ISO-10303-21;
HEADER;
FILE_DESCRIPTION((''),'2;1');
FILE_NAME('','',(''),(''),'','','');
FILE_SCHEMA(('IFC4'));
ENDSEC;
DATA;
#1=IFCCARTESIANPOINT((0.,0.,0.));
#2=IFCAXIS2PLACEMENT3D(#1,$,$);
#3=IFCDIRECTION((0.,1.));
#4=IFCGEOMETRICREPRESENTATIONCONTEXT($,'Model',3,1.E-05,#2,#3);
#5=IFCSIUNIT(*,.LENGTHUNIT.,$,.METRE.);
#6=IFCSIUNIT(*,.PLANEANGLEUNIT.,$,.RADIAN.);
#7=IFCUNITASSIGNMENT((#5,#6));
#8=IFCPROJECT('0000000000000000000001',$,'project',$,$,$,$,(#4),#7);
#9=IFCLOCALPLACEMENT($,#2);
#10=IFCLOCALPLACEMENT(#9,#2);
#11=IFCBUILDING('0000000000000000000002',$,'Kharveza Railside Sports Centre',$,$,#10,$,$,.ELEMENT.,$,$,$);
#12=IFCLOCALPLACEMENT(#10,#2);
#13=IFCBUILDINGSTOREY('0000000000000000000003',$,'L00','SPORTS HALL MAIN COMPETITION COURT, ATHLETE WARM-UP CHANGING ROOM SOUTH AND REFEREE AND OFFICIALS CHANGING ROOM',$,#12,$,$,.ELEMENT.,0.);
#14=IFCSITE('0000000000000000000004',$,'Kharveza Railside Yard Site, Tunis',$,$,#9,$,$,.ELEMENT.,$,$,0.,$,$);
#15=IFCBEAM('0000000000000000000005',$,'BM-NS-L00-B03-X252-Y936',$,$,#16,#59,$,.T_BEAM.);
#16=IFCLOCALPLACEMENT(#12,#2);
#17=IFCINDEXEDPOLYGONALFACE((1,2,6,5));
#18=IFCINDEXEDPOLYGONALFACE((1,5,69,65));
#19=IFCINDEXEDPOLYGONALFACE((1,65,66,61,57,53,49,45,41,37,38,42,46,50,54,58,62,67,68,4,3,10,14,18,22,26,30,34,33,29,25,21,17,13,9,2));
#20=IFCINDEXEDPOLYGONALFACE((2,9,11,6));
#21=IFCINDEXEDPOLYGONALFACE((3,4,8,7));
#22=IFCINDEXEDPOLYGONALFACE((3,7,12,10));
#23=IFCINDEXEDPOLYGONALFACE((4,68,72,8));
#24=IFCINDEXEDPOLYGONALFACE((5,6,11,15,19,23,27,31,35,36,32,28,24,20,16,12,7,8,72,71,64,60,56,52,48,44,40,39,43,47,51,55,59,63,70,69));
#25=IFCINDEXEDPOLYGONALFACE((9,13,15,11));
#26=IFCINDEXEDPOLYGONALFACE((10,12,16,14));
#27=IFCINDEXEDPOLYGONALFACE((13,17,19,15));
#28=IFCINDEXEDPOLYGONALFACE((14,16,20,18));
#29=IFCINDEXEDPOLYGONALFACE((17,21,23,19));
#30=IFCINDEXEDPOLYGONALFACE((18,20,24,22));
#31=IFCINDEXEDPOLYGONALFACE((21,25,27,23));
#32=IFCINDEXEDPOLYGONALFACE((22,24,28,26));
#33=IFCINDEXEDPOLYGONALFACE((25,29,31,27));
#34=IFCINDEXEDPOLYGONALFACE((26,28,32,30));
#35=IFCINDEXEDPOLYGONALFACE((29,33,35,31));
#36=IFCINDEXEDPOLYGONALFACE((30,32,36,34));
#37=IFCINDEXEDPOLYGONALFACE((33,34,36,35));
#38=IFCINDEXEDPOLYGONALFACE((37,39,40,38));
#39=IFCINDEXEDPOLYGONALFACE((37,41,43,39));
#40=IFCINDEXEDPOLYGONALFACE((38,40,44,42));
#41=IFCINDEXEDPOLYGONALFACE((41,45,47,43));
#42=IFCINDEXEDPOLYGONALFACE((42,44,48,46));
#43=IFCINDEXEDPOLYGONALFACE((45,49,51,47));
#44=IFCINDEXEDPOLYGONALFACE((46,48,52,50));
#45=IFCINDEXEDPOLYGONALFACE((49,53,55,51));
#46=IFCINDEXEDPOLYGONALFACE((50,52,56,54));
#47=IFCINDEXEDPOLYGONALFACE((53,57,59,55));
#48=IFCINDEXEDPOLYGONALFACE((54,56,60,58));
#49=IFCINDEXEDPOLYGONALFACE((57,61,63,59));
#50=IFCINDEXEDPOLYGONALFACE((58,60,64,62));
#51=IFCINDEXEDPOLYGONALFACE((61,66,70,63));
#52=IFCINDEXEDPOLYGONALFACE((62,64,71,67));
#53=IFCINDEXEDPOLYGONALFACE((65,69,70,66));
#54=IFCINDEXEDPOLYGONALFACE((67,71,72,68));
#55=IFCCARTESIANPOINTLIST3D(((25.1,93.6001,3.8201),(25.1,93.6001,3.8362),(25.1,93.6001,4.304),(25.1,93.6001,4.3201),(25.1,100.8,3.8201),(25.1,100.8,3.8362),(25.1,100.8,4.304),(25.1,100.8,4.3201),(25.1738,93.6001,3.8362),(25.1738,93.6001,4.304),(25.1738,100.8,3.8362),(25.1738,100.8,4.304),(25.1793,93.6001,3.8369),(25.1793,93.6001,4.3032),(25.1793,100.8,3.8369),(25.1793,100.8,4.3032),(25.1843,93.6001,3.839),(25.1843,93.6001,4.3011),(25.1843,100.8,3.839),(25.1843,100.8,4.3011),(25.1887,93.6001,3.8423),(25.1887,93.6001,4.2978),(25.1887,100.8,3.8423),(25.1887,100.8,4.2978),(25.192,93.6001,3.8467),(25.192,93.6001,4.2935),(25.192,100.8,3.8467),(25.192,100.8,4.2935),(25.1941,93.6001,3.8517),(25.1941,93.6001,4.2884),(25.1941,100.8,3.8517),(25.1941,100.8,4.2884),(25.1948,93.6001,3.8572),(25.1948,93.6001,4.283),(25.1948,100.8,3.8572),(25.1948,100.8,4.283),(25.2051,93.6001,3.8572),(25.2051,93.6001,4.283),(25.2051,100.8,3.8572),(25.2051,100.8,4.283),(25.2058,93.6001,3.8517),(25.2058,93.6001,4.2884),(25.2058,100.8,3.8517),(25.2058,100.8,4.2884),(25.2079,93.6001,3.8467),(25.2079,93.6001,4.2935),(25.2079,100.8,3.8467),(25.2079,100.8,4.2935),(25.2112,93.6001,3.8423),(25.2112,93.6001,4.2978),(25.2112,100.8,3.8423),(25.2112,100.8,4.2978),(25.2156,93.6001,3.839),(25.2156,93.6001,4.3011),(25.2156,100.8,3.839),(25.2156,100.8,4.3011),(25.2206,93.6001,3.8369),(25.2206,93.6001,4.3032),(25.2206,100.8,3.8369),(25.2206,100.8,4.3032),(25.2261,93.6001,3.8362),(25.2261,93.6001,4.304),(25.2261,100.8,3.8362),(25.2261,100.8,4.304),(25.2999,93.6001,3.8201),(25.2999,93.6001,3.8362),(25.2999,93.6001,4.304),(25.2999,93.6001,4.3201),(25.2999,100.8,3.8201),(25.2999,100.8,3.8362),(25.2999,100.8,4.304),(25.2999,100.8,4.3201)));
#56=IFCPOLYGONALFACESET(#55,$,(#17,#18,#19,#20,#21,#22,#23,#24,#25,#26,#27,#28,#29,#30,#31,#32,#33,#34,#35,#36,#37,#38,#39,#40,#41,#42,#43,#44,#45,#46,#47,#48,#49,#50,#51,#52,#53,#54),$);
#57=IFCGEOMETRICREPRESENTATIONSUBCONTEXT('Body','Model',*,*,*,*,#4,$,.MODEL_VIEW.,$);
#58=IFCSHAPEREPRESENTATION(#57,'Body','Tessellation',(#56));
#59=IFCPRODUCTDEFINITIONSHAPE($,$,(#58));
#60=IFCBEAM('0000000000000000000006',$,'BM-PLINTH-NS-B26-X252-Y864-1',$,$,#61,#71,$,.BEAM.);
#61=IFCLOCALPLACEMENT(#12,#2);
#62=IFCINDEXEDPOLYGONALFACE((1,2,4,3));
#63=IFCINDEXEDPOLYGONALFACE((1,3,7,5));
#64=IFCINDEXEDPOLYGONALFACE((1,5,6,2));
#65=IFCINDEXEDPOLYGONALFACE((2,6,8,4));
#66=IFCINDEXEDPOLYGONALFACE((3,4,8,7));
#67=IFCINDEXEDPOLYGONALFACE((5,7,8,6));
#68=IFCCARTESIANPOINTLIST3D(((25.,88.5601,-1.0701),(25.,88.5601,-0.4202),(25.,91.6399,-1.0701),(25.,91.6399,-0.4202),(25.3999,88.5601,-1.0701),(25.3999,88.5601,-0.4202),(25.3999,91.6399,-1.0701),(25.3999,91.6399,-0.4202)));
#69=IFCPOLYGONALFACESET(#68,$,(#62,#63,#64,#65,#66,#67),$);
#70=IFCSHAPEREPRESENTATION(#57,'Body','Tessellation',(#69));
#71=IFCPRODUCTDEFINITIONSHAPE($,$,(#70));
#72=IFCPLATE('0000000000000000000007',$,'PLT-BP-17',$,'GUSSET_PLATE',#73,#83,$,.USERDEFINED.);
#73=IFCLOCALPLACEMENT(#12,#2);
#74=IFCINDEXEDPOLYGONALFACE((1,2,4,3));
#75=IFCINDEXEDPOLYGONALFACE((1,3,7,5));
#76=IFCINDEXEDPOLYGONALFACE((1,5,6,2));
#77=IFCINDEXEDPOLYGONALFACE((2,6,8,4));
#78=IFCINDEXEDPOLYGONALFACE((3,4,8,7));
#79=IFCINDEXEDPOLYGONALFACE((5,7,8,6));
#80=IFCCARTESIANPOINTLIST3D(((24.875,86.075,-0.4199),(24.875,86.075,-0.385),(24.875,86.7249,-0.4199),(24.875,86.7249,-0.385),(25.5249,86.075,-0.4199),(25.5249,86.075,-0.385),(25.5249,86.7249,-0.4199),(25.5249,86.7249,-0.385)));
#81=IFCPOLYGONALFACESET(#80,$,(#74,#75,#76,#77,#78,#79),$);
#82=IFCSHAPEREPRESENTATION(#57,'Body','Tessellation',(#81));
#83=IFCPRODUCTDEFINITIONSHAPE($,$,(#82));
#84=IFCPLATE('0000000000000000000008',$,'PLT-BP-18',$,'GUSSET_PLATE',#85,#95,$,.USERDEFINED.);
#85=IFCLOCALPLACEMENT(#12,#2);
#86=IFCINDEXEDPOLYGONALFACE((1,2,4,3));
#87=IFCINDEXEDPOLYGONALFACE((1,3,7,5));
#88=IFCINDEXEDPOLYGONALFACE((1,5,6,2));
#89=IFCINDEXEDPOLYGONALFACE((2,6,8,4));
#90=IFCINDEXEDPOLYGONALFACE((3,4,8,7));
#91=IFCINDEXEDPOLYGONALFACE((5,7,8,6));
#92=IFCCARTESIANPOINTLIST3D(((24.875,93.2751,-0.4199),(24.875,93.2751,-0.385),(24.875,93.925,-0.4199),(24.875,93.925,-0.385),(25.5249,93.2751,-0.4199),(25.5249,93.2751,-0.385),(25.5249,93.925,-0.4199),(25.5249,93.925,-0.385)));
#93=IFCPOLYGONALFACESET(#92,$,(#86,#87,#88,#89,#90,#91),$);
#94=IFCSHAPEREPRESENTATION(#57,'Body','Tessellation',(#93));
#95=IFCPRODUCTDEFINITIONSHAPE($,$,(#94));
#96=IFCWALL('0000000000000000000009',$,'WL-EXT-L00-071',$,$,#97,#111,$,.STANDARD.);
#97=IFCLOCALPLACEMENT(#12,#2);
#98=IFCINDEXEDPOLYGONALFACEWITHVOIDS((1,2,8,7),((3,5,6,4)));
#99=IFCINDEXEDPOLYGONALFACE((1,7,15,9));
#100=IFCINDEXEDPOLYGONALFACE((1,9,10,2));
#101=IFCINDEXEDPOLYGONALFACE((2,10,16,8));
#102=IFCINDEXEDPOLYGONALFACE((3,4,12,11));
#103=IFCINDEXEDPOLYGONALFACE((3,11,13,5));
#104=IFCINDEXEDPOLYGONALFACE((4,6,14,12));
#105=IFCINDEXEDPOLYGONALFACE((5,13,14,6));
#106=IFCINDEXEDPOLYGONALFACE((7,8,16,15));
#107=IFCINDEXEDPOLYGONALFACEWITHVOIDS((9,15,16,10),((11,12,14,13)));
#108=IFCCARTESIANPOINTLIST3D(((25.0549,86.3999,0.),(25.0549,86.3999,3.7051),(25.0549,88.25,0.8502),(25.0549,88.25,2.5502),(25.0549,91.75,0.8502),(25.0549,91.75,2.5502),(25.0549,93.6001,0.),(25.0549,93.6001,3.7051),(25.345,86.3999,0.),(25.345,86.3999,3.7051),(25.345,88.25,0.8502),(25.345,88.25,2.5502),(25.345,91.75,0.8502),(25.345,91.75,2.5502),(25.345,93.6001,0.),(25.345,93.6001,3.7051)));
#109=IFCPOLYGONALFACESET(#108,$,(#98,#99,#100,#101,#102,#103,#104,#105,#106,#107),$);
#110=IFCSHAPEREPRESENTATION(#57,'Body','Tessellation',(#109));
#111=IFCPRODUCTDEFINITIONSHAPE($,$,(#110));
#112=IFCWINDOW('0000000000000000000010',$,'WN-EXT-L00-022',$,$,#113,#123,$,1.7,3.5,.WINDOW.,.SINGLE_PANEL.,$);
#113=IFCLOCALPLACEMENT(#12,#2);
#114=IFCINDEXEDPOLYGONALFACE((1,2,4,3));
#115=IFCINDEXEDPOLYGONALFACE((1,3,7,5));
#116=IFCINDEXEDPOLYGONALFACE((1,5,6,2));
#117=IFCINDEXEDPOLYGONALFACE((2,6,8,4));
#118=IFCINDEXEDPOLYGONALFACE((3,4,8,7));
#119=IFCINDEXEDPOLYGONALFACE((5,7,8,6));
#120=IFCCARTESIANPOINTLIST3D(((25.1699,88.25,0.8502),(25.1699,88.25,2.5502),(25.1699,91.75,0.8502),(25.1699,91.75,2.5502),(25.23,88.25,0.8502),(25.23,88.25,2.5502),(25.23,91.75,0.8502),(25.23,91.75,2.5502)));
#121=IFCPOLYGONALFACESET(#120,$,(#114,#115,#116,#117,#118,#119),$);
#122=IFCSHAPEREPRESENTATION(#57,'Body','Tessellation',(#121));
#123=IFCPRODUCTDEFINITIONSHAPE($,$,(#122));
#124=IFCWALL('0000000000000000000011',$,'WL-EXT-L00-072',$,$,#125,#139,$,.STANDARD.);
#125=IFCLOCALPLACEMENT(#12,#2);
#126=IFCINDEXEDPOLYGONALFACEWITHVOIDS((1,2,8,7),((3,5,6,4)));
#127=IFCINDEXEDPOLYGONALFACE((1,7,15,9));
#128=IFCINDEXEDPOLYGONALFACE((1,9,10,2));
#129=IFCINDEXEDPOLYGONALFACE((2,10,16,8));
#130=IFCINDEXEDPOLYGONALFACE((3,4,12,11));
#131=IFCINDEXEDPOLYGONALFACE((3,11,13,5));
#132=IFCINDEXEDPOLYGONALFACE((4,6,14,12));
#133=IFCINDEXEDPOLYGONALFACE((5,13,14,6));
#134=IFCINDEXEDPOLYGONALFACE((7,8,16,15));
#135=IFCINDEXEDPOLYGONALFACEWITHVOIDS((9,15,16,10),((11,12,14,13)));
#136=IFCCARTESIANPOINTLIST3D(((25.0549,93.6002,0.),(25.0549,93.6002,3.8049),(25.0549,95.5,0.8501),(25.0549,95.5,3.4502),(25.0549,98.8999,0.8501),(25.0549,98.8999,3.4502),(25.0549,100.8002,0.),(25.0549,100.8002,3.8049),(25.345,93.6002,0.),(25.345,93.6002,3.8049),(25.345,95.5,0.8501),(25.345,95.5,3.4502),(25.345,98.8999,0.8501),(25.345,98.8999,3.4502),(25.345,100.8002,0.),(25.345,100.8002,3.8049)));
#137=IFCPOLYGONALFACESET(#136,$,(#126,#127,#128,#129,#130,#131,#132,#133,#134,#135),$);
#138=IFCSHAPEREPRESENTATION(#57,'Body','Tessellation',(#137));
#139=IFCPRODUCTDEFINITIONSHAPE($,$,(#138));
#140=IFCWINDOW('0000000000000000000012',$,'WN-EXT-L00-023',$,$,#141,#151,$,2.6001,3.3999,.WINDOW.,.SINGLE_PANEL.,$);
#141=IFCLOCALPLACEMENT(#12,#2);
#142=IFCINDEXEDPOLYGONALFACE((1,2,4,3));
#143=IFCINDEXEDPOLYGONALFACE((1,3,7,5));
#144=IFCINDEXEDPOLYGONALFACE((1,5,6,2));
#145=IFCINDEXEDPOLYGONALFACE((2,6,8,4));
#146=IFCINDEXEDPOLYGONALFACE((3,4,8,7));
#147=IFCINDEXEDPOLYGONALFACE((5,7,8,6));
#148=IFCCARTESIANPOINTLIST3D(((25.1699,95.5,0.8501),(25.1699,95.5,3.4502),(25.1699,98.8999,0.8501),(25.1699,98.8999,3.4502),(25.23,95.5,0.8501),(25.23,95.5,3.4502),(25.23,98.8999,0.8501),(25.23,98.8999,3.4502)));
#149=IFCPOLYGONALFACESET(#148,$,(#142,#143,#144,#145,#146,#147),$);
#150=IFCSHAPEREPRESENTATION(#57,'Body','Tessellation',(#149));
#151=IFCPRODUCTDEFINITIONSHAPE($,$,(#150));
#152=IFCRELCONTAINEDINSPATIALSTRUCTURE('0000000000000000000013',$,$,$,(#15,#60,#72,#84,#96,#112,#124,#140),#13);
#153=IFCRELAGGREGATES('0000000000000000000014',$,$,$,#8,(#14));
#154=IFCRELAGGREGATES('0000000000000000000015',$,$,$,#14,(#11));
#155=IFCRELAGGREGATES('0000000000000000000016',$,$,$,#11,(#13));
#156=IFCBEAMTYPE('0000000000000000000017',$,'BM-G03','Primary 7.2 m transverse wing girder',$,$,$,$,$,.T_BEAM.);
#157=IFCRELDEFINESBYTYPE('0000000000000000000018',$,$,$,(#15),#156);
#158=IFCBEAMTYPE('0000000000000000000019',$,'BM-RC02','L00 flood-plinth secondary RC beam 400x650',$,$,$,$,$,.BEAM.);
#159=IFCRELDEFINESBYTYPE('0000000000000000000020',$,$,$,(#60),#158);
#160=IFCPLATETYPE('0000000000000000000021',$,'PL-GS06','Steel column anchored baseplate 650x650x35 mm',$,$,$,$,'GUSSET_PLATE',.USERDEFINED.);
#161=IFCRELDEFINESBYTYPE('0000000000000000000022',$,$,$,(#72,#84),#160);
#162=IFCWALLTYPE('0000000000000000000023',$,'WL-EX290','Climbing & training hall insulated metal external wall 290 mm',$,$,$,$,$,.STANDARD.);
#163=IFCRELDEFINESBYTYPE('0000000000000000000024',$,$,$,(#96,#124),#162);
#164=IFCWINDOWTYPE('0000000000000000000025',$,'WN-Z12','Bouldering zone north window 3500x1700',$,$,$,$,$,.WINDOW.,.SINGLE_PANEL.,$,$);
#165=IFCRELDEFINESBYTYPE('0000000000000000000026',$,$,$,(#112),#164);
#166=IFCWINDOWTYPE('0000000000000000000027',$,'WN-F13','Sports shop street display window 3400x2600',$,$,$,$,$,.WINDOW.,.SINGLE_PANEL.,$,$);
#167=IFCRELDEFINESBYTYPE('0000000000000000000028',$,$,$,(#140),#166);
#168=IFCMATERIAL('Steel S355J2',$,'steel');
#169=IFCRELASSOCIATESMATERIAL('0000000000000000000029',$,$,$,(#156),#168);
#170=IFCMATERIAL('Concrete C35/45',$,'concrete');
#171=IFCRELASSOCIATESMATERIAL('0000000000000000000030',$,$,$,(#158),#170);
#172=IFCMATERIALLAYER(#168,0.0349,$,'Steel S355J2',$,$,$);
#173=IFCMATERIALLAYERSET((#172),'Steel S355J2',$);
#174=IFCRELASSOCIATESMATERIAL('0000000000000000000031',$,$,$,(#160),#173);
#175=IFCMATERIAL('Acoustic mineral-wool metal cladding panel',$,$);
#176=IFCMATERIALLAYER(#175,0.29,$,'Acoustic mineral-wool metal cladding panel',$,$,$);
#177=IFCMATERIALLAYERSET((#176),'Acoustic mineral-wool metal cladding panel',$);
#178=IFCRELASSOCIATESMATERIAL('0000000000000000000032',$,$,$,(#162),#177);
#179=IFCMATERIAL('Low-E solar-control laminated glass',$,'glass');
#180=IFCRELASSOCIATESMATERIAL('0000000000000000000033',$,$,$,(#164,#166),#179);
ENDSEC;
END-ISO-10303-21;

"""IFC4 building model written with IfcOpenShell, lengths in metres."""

from ifc_helpers import new_model, si_unit, direction, frame, frame_2d, origin, origin_2d, place, context, subcontext, project, spatial, rectangle, i_section, extrude, material, layer, layer_set, material_profile, profile_set, type_object, element, fill, save


model = new_model("IFC4")

# Units and contexts
model_context = context("Model", 3, precision=1e-05, world=origin(), true_north=direction((0.0, 1.0)))
body_context = subcontext(model_context, "Body", "Model", "MODEL_VIEW")
ifc_project = project(units=[si_unit("LENGTHUNIT", "METRE"), si_unit("PLANEANGLEUNIT", "RADIAN")], contexts=[model_context])

# Site, building, storey
site_placement = place(None, origin())
site = spatial("IfcSite", under=ifc_project, at=site_placement, Name="Kharveza Railside Yard Site, Tunis", CompositionType="ELEMENT", RefElevation=0.0)
building_placement = place(site_placement, origin())
building = spatial("IfcBuilding", under=site, at=building_placement, Name="Kharveza Railside Sports Centre", CompositionType="ELEMENT")
storey_placement = place(building_placement, origin())
storey = spatial("IfcBuildingStorey", under=building, at=storey_placement, Name="L00", Description="SPORTS HALL MAIN COMPETITION COURT, ATHLETE WARM-UP CHANGING ROOM SOUTH AND REFEREE AND OFFICIALS CHANGING ROOM", CompositionType="ELEMENT", Elevation=0.0)

# Shared definitions
ifc_material_1 = material(Name="Concrete C35/45", Category="concrete")

# Shared definitions
ifc_material_2 = material(Name="Steel S355J2", Category="steel")

# Beams
ifc_material_profile_1 = material_profile(ifc_material_2, i_section(OverallWidth=0.2, OverallDepth=0.5, WebThickness=0.0103, FlangeThickness=0.0161, FilletRadius=0.021, at=origin_2d()), Name="IPE 500")
ifc_profile_set_1 = profile_set([ifc_material_profile_1], Name="Steel S355J2")
beam_type_1 = type_object("IfcBeamType", Name="BM-G03", Description="Primary 7.2 m transverse wing girder", PredefinedType="T_BEAM", material=ifc_profile_set_1)
beam_1_placement = place(storey_placement, frame((25.2, 93.6001, 4.0701), z_axis=(0.0, 1.0, 0.0), x_axis=(-1.0, 0.0, 0.0)))
element("IfcBeam", 1, at=beam_1_placement, inside=storey, type_object=beam_type_1, Name="BM-NS-L00-B03-X252-Y936", PredefinedType="T_BEAM", context=body_context, shape_type="SweptSolid", body=[
    extrude(i_section(OverallWidth=0.2, OverallDepth=0.5, WebThickness=0.0103, FlangeThickness=0.0161, FilletRadius=0.021, at=origin_2d()), origin(), (0.0, 0.0, 1.0), 7.2),
])
ifc_material_profile_2 = material_profile(ifc_material_1, rectangle(XDim=0.3999, YDim=0.6499, at=origin_2d()), Name="RCB 400x650")
ifc_profile_set_2 = profile_set([ifc_material_profile_2], Name="Concrete C35/45")
beam_type_2 = type_object("IfcBeamType", Name="BM-RC02", Description="L00 flood-plinth secondary RC beam 400x650", PredefinedType="BEAM", material=ifc_profile_set_2)
beam_2_placement = place(storey_placement, frame((25.2, 88.5601, -0.7451), z_axis=(0.0, 1.0, 0.0), x_axis=(-1.0, 0.0, 0.0)))
element("IfcBeam", 2, at=beam_2_placement, inside=storey, type_object=beam_type_2, Name="BM-PLINTH-NS-B26-X252-Y864-1", PredefinedType="BEAM", context=body_context, shape_type="SweptSolid", body=[
    extrude(rectangle(XDim=0.3999, YDim=0.6499, at=origin_2d()), origin(), (0.0, 0.0, 1.0), 3.0798),
])

# Plates
ifc_layer_1 = layer(ifc_material_2, 0.0349, Name="Steel S355J2")
ifc_layer_set_1 = layer_set([ifc_layer_1], Name="Steel S355J2")
plate_type = type_object("IfcPlateType", Name="PL-GS06", Description="Steel column anchored baseplate 650x650x35 mm", ElementType="GUSSET_PLATE", PredefinedType="USERDEFINED", material=ifc_layer_set_1)
for number, where, z_axis, x_axis, name in (
    (3, (25.2, 86.3999, -0.4199), (0.0, 0.0, 1.0), (1.0, 0.0, 0.0), "PLT-BP-17"),
    (4, (25.2, 93.6001, -0.4199), (0.0, 0.0, 1.0), (1.0, 0.0, 0.0), "PLT-BP-18"),
):
    element("IfcPlate", number, at=place(storey_placement, frame(where, z_axis=z_axis, x_axis=x_axis)), inside=storey, type_object=plate_type, Name=name, ObjectType="GUSSET_PLATE", PredefinedType="USERDEFINED", context=body_context, shape_type="SweptSolid", body=[
        extrude(rectangle(XDim=0.6499, YDim=0.6499, at=origin_2d()), origin(), (0.0, 0.0, 1.0), 0.0349),
    ])

# Walls, openings, windows
ifc_material_3 = material(Name="Acoustic mineral-wool metal cladding panel")
ifc_layer_2 = layer(ifc_material_3, 0.29, Name="Acoustic mineral-wool metal cladding panel")
ifc_layer_set_2 = layer_set([ifc_layer_2], Name="Acoustic mineral-wool metal cladding panel")
wall_type = type_object("IfcWallType", Name="WL-EX290", Description="Climbing & training hall insulated metal external wall 290 mm", PredefinedType="STANDARD", material=ifc_layer_set_2)
wall_1_placement = place(storey_placement, frame((25.2, 86.3999, 0.0), z_axis=(0.0, 0.0, 1.0), x_axis=(0.0, 1.0, 0.0)))
wall_1 = element("IfcWall", 5, at=wall_1_placement, inside=storey, type_object=wall_type, Name="WL-EXT-L00-071", PredefinedType="STANDARD", context=body_context, shape_type="SweptSolid", body=[
    extrude(rectangle(XDim=7.2002, YDim=0.29, at=frame_2d((3.6001, 0.0))), origin(), (0.0, 0.0, 1.0), 3.7051),
])
opening_1_placement = place(wall_1_placement, frame((1.8501, 0.0, 0.8501)))
opening_1 = element("IfcOpeningElement", 6, at=opening_1_placement, cuts=wall_1, PredefinedType="OPENING", context=body_context, shape_type="SweptSolid", body=[
    extrude(rectangle(XDim=3.5, YDim=1.7, at=frame_2d((1.75, 0.8501))), frame((0.0, 0.1699, 0.0), z_axis=(0.0, -1.0, 0.0), x_axis=(1.0, 0.0, 0.0)), (0.0, 0.0, 1.0), 0.3398),
])
ifc_material_4 = material(Name="Low-E solar-control laminated glass", Category="glass")
window_type_1 = type_object("IfcWindowType", Name="WN-Z12", Description="Bouldering zone north window 3500x1700", PartitioningType="SINGLE_PANEL", PredefinedType="WINDOW", material=ifc_material_4)
window_1_placement = place(opening_1_placement, origin())
window_1 = element("IfcWindow", 7, at=window_1_placement, inside=storey, type_object=window_type_1, Name="WN-EXT-L00-022", OverallHeight=1.7, OverallWidth=3.5, PartitioningType="SINGLE_PANEL", PredefinedType="WINDOW", context=body_context, shape_type="SweptSolid", body=[
    extrude(rectangle(XDim=3.5, YDim=1.7, at=frame_2d((1.75, 0.8501))), frame((0.0, 0.03, 0.0), z_axis=(0.0, -1.0, 0.0), x_axis=(1.0, 0.0, 0.0)), (0.0, 0.0, 1.0), 0.0601),
])
fill(opening_1, window_1)
wall_2_placement = place(storey_placement, frame((25.2, 93.6001, 0.0), z_axis=(0.0, 0.0, 1.0), x_axis=(0.0, 1.0, 0.0)))
wall_2 = element("IfcWall", 8, at=wall_2_placement, inside=storey, type_object=wall_type, Name="WL-EXT-L00-072", PredefinedType="STANDARD", context=body_context, shape_type="SweptSolid", body=[
    extrude(rectangle(XDim=7.2, YDim=0.29, at=frame_2d((3.6001, 0.0))), origin(), (0.0, 0.0, 1.0), 3.8049),
])
opening_2_placement = place(wall_2_placement, frame((1.8999, 0.0, 0.8501)))
opening_2 = element("IfcOpeningElement", 9, at=opening_2_placement, cuts=wall_2, PredefinedType="OPENING", context=body_context, shape_type="SweptSolid", body=[
    extrude(rectangle(XDim=3.3999, YDim=2.6001, at=frame_2d((1.7, 1.3))), frame((0.0, 0.1699, 0.0), z_axis=(0.0, -1.0, 0.0), x_axis=(1.0, 0.0, 0.0)), (0.0, 0.0, 1.0), 0.3398),
])
window_type_2 = type_object("IfcWindowType", Name="WN-F13", Description="Sports shop street display window 3400x2600", PartitioningType="SINGLE_PANEL", PredefinedType="WINDOW", material=ifc_material_4)
window_2_placement = place(opening_2_placement, origin())
window_2 = element("IfcWindow", 10, at=window_2_placement, inside=storey, type_object=window_type_2, Name="WN-EXT-L00-023", OverallHeight=2.6001, OverallWidth=3.3999, PartitioningType="SINGLE_PANEL", PredefinedType="WINDOW", context=body_context, shape_type="SweptSolid", body=[
    extrude(rectangle(XDim=3.3999, YDim=2.6001, at=frame_2d((1.7, 1.3))), frame((0.0, 0.03, 0.0), z_axis=(0.0, -1.0, 0.0), x_axis=(1.0, 0.0, 0.0)), (0.0, 0.0, 1.0), 0.0601),
])
fill(opening_2, window_2)

save(model, "model.ifc")
